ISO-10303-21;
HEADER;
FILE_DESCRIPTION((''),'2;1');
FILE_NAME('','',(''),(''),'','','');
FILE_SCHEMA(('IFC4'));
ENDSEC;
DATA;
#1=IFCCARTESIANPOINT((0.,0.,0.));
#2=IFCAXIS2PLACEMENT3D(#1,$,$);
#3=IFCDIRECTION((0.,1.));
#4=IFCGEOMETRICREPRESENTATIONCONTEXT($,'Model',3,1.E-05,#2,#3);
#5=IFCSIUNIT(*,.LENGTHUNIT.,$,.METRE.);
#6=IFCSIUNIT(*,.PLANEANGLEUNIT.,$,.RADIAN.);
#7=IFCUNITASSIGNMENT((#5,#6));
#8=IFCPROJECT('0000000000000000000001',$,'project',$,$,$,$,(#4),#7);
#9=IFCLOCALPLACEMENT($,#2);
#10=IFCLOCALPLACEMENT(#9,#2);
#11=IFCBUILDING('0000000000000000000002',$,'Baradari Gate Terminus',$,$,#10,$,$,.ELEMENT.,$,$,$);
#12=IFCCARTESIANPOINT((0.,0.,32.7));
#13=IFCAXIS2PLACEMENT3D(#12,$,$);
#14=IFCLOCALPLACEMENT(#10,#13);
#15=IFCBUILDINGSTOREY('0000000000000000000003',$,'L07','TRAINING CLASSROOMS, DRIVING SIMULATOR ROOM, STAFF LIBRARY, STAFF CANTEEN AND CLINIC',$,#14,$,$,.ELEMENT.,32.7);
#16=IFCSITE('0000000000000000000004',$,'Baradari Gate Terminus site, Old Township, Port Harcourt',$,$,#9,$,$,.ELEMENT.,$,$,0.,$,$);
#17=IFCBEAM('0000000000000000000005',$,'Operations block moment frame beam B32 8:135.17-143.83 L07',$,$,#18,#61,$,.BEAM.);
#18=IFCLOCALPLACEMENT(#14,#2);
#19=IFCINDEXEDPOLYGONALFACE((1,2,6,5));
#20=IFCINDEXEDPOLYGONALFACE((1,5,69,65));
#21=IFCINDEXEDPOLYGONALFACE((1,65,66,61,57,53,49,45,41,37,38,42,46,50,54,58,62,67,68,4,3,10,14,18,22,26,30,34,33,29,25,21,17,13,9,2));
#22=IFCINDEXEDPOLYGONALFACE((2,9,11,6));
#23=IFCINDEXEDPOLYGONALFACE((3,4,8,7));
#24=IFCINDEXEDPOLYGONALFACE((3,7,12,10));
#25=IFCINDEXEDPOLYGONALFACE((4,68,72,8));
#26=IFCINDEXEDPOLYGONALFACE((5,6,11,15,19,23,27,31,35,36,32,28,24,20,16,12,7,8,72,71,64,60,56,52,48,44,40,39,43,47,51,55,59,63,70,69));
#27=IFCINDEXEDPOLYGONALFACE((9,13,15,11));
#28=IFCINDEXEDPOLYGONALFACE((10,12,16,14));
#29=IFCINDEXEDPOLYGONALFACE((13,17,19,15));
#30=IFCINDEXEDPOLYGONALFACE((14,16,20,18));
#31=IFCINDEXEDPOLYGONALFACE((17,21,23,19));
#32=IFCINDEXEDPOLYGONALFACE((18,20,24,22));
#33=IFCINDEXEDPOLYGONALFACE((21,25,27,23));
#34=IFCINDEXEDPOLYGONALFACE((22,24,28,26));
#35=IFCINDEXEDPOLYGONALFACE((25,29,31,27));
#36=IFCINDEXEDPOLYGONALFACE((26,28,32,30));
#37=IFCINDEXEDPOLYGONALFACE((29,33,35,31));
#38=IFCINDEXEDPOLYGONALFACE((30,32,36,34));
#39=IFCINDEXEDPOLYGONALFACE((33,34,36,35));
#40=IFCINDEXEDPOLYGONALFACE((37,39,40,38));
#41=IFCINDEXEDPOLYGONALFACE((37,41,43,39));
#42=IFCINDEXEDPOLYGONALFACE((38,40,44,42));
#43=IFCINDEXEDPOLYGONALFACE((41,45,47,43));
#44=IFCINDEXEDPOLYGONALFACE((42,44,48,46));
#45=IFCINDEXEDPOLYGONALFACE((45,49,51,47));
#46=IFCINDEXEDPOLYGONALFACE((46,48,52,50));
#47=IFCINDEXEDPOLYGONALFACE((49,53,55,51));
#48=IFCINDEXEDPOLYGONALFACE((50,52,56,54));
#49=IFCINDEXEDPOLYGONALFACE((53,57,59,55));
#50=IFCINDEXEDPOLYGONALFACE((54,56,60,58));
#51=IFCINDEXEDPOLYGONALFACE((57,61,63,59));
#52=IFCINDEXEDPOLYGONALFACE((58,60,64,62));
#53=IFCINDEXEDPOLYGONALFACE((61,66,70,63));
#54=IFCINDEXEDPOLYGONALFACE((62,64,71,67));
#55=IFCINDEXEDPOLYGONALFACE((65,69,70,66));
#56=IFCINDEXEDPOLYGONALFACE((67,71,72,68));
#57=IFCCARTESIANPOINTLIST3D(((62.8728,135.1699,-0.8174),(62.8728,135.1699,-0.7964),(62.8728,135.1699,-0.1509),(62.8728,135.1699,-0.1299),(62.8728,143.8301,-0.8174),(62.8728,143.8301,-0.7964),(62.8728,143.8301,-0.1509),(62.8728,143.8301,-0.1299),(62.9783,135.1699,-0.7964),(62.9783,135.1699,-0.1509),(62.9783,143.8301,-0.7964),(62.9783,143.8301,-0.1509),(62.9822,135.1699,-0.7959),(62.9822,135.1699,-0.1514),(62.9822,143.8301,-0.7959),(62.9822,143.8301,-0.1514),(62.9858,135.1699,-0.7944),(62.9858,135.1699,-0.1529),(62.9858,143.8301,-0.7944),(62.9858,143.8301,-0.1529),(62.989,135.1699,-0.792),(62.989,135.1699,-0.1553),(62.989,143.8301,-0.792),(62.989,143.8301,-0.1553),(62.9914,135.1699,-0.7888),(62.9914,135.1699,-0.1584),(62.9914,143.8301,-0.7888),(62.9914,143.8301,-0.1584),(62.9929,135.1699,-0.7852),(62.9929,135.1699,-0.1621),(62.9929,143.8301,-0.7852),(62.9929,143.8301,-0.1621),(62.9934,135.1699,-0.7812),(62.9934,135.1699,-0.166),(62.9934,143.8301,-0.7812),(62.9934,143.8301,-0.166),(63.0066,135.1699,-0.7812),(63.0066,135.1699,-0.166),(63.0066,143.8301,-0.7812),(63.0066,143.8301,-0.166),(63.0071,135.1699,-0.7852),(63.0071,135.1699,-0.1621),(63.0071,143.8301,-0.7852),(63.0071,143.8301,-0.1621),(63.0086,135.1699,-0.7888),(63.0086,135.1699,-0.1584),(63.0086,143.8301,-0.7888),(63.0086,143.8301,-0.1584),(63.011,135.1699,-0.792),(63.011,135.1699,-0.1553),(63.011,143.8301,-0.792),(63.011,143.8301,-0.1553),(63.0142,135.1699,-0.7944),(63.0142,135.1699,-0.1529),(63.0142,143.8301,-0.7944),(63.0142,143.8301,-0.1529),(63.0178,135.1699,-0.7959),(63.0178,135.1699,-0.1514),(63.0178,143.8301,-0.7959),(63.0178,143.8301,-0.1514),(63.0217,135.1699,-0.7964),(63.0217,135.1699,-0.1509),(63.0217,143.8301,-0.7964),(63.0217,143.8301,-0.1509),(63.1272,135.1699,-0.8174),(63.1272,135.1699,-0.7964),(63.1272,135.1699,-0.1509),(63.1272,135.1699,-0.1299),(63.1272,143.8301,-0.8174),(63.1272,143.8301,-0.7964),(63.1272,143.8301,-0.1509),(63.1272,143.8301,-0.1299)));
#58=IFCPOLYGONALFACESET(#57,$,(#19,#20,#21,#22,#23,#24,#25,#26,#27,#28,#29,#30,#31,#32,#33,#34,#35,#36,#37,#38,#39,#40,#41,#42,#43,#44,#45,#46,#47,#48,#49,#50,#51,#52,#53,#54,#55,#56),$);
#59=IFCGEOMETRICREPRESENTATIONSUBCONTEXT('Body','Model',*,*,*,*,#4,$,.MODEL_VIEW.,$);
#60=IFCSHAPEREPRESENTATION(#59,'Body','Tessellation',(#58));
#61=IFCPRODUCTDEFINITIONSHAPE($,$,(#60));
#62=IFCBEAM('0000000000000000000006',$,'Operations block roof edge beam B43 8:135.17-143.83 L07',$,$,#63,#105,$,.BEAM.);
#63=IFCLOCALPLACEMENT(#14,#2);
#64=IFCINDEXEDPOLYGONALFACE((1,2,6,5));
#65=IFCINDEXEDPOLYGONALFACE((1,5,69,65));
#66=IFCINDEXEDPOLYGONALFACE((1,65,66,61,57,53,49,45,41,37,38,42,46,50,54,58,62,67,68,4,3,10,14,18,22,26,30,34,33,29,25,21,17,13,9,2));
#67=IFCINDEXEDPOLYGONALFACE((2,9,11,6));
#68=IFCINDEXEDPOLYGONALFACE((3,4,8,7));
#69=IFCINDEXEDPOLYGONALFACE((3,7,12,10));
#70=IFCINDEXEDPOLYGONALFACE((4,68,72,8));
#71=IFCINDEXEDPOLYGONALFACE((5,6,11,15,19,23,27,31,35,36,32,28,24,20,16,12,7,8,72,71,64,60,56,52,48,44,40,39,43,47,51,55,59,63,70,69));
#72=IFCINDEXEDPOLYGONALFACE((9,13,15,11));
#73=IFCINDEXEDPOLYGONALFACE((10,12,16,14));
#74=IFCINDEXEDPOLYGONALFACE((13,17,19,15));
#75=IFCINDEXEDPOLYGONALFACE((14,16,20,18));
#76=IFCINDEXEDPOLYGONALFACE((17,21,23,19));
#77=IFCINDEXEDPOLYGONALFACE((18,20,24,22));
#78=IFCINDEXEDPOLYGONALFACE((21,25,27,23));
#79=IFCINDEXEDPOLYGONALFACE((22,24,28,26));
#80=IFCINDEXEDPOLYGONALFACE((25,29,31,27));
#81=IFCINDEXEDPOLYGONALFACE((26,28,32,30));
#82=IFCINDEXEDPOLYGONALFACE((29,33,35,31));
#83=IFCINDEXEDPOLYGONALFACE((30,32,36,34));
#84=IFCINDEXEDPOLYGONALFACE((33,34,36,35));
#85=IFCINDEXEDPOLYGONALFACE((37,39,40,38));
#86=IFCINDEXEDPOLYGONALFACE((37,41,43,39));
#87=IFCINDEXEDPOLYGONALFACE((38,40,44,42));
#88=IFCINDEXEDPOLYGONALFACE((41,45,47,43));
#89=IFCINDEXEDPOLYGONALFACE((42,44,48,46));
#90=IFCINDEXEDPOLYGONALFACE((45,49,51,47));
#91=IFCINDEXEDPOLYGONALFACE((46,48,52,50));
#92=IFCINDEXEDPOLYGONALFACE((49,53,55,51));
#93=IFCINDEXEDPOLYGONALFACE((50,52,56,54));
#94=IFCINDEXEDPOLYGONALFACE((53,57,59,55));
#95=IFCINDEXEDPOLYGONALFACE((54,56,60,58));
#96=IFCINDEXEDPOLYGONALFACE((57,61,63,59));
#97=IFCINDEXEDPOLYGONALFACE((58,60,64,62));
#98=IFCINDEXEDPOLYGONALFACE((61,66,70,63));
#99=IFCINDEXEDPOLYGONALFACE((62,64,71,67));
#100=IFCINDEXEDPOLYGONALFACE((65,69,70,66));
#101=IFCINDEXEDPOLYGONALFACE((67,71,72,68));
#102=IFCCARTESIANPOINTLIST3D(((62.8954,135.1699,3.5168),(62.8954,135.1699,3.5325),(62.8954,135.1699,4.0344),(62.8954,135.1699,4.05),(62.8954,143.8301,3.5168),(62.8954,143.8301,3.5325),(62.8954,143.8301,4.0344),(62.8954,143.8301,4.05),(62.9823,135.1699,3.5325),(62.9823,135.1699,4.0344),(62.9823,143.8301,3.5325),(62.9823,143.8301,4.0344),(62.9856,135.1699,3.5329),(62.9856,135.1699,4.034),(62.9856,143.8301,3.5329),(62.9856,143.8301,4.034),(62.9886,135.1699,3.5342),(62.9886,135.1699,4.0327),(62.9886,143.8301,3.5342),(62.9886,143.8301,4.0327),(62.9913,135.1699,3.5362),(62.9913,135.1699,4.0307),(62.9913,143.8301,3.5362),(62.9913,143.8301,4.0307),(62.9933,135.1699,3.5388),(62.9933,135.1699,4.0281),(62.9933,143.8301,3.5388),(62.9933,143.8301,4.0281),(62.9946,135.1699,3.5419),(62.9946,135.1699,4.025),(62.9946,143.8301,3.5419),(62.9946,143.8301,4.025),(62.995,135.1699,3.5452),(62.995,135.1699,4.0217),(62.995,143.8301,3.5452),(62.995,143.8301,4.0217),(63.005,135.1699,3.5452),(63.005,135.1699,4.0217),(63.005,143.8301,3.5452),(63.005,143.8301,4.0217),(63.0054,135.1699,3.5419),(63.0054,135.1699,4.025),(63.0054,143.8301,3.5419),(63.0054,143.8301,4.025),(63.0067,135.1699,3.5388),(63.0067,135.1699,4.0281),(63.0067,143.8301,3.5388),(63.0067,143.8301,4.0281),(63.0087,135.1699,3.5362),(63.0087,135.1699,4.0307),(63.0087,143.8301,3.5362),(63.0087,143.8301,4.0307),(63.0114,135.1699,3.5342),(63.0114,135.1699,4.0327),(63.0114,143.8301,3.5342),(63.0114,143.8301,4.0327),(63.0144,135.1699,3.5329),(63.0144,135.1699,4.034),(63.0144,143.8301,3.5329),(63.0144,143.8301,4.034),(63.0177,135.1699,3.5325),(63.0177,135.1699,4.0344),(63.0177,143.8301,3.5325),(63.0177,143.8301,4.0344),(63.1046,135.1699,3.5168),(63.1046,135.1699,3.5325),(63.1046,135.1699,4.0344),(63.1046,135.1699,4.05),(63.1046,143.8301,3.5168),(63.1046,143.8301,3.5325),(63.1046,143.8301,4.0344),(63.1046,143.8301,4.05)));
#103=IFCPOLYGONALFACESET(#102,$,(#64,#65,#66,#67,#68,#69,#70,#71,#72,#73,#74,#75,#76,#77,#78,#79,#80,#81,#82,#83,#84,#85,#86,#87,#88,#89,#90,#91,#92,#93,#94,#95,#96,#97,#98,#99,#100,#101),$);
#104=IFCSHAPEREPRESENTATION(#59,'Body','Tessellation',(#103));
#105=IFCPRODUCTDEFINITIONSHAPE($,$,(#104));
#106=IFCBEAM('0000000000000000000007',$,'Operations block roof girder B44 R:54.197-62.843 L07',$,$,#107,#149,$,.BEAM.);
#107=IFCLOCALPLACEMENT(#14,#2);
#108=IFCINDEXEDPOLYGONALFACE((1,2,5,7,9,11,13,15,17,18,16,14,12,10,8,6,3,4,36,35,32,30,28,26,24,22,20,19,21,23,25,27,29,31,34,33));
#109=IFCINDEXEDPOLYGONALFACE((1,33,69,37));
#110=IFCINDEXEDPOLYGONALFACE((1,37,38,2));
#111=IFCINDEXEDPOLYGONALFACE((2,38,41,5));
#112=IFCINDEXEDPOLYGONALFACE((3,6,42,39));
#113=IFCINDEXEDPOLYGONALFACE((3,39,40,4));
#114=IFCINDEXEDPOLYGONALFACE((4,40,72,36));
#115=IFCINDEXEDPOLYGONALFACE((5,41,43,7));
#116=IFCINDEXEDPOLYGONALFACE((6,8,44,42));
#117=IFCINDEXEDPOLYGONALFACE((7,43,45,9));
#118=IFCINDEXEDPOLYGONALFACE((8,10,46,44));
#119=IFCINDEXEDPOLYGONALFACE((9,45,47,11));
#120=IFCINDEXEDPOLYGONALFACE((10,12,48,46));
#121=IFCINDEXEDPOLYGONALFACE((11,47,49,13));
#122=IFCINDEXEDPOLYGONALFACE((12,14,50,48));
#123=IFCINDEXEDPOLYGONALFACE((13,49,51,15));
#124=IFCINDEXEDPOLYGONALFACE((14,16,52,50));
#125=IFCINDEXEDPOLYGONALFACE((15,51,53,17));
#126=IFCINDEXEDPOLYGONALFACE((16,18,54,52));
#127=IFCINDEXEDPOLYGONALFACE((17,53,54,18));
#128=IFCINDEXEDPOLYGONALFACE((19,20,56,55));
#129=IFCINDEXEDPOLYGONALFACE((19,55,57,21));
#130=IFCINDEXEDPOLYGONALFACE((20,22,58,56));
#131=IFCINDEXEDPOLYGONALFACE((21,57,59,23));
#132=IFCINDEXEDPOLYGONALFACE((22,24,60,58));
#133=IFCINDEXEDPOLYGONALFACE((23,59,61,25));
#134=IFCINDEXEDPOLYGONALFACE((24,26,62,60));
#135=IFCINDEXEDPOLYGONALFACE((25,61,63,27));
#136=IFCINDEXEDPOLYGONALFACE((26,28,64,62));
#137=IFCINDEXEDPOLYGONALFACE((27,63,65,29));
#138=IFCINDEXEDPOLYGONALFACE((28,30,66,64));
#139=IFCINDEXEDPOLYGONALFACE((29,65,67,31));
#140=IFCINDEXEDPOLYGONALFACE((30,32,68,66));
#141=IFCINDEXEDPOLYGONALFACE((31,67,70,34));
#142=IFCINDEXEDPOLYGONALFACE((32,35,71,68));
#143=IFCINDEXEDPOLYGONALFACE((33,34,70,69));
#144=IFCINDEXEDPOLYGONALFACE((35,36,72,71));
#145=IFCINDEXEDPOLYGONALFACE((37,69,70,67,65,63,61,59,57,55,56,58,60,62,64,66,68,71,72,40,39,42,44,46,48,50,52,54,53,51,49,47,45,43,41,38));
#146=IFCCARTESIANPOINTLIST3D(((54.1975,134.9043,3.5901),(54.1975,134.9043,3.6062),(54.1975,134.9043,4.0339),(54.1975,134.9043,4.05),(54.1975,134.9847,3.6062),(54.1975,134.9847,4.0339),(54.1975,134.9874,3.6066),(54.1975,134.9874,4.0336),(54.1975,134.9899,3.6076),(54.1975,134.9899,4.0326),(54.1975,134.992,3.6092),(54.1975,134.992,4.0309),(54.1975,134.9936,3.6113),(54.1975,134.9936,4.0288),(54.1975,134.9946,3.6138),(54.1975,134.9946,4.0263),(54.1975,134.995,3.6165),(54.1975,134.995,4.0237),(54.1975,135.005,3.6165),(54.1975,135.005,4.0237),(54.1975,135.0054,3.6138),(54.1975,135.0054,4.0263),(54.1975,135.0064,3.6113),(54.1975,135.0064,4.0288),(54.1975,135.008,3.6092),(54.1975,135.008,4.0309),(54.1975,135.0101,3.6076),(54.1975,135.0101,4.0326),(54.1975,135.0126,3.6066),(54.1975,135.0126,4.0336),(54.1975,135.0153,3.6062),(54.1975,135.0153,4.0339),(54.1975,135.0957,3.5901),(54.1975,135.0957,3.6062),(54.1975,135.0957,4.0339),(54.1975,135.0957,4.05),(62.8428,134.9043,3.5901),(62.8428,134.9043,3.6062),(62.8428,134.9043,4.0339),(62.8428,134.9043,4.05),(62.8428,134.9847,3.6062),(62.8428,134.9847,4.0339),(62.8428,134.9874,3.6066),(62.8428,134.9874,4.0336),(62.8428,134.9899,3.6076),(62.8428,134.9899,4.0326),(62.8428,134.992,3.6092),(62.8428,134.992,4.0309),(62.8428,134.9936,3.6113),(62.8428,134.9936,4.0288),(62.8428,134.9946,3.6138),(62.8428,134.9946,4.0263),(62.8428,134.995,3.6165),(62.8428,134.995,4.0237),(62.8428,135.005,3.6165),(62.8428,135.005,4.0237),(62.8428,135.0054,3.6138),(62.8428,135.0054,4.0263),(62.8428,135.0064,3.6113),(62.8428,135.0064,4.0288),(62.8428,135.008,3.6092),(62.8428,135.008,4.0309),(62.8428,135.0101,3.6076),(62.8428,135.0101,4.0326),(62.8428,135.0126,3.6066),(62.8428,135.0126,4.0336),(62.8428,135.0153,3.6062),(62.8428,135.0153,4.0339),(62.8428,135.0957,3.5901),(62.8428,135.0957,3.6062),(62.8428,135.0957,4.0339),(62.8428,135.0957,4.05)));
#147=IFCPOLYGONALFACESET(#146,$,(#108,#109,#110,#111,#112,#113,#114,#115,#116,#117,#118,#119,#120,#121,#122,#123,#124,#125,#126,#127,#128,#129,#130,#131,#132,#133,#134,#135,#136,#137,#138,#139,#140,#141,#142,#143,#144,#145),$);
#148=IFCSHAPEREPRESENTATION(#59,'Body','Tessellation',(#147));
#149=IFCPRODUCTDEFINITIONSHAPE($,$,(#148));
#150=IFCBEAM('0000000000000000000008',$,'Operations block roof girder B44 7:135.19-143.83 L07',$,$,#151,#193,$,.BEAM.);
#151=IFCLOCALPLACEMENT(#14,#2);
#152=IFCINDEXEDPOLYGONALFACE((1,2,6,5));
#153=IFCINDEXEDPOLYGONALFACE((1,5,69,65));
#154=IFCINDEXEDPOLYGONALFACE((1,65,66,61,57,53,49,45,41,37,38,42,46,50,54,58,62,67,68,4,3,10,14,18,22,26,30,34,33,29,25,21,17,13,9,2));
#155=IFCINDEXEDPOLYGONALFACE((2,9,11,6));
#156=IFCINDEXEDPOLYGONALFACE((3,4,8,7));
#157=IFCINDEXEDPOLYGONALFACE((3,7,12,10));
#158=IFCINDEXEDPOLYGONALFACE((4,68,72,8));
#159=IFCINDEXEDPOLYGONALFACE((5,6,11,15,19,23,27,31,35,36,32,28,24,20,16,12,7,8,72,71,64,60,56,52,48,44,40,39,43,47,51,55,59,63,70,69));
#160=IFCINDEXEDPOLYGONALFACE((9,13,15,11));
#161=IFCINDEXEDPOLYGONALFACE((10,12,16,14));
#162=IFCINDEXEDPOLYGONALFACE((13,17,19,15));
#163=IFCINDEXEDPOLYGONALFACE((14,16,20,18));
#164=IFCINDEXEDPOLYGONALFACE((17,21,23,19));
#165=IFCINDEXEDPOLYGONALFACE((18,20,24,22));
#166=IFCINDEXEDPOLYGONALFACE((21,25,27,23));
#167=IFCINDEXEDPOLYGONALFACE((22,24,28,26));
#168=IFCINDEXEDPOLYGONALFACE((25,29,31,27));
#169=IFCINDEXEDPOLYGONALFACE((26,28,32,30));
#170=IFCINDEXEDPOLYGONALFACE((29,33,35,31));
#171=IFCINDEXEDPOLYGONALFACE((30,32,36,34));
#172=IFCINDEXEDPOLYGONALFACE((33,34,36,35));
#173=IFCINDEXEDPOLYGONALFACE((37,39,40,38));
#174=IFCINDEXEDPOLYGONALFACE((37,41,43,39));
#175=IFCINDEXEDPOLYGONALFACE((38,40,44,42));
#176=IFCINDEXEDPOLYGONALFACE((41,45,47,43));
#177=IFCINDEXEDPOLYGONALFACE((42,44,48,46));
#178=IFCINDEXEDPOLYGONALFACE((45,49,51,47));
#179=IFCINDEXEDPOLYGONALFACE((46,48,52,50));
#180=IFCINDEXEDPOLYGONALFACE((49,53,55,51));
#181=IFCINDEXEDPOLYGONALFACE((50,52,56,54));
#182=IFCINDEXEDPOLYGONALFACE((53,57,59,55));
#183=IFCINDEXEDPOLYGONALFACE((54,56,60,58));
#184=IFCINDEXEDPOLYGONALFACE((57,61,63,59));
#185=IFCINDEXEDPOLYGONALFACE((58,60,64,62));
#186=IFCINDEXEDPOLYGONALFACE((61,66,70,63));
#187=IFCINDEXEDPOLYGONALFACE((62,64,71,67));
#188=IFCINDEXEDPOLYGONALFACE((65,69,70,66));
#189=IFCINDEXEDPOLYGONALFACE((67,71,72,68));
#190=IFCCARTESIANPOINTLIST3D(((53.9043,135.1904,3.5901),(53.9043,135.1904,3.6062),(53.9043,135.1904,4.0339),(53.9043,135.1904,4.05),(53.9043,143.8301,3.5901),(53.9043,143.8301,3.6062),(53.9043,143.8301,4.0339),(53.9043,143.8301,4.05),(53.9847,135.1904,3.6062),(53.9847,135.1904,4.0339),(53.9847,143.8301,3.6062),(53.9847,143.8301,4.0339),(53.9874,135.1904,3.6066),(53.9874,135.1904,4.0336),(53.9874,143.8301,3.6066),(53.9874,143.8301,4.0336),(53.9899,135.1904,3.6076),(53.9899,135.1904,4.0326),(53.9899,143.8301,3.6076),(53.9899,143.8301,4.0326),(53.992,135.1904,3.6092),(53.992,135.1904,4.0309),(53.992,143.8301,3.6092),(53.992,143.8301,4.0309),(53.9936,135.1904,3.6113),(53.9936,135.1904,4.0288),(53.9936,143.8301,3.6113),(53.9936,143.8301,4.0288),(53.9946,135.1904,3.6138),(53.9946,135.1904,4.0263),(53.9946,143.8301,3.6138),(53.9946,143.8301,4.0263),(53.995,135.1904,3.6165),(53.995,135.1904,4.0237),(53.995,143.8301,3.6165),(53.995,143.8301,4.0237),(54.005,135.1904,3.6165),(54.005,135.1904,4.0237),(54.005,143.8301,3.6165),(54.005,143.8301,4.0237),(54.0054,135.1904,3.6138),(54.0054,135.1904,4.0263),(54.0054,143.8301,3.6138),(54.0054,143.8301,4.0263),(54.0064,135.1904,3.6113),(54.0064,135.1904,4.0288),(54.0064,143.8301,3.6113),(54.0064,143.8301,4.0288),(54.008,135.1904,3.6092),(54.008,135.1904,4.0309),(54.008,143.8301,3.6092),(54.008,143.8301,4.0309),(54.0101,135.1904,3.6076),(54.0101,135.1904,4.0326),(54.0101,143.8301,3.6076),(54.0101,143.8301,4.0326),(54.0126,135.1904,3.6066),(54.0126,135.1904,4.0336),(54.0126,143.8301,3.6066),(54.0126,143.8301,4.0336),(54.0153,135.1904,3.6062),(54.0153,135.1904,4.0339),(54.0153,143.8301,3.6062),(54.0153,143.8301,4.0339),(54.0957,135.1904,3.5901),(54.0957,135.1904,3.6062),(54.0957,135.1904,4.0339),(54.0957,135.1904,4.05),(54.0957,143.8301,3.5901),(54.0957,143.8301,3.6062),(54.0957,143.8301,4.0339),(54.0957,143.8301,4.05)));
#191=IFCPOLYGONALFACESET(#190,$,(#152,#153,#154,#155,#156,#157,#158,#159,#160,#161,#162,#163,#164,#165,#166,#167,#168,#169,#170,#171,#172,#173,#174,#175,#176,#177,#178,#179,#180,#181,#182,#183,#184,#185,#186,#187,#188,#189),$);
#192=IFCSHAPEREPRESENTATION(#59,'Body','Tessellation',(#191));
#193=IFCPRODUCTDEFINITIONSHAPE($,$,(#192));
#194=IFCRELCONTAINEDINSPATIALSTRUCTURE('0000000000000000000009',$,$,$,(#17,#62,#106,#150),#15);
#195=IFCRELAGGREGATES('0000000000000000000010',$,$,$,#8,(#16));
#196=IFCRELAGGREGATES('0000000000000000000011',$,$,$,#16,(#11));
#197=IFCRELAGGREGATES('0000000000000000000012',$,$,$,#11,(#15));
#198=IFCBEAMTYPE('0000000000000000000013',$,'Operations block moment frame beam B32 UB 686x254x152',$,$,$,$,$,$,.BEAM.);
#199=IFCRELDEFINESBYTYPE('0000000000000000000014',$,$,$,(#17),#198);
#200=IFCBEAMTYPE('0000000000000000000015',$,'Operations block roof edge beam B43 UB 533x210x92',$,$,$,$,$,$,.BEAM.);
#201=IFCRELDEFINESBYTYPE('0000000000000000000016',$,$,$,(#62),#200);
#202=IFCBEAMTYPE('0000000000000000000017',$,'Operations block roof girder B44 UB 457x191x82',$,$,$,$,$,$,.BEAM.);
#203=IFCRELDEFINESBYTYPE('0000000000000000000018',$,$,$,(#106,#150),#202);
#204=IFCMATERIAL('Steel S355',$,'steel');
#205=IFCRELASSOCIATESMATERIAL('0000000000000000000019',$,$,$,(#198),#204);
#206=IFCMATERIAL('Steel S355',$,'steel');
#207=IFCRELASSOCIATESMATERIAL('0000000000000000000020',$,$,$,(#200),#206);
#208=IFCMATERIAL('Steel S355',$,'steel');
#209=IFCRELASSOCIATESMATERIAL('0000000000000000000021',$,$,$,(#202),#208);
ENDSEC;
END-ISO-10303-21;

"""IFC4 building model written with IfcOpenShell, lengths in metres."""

from ifc_helpers import new_model, si_unit, direction, frame, origin, origin_2d, place, context, subcontext, project, spatial, i_section, extrude, material, material_profile, profile_set, type_object, element, save


model = new_model("IFC4")

# Units and contexts
model_context = context("Model", 3, precision=1e-05, world=origin(), true_north=direction((0.0, 1.0)))
body_context = subcontext(model_context, "Body", "Model", "MODEL_VIEW")
ifc_project = project(units=[si_unit("LENGTHUNIT", "METRE"), si_unit("PLANEANGLEUNIT", "RADIAN")], contexts=[model_context])

# Site, building, storey
site_placement = place(None, origin())
site = spatial("IfcSite", under=ifc_project, at=site_placement, Name="Baradari Gate Terminus site, Old Township, Port Harcourt", CompositionType="ELEMENT", RefElevation=0.0)
building_placement = place(site_placement, origin())
building = spatial("IfcBuilding", under=site, at=building_placement, Name="Baradari Gate Terminus", CompositionType="ELEMENT")
storey_placement = place(building_placement, frame((0.0, 0.0, 32.7)))
storey = spatial("IfcBuildingStorey", under=building, at=storey_placement, Name="L07", Description="TRAINING CLASSROOMS, DRIVING SIMULATOR ROOM, STAFF LIBRARY, STAFF CANTEEN AND CLINIC", CompositionType="ELEMENT", Elevation=32.7)

# Beams
ifc_material_1 = material(Name="Steel S355", Category="steel")
ifc_material_profile_1 = material_profile(ifc_material_1, i_section(OverallWidth=0.2544, OverallDepth=0.6875, WebThickness=0.0132, FlangeThickness=0.021, FilletRadius=0.0151, at=origin_2d()), Name="UB 686x254x152")
ifc_profile_set_1 = profile_set([ifc_material_profile_1], Name="Steel S355")
beam_type_1 = type_object("IfcBeamType", Name="Operations block moment frame beam B32 UB 686x254x152", PredefinedType="BEAM", material=ifc_profile_set_1)
beam_1_placement = place(storey_placement, frame((63.0, 135.1699, -0.4736), z_axis=(0.0, 1.0, 0.0), x_axis=(-1.0, 0.0, 0.0)))
element("IfcBeam", 1, at=beam_1_placement, inside=storey, type_object=beam_type_1, Name="Operations block moment frame beam B32 8:135.17-143.83 L07", PredefinedType="BEAM", context=body_context, shape_type="SweptSolid", body=[
    extrude(i_section(OverallWidth=0.2544, OverallDepth=0.6875, WebThickness=0.0132, FlangeThickness=0.021, FilletRadius=0.0151, at=origin_2d()), origin(), (0.0, 0.0, 1.0), 8.6602),
])
ifc_material_2 = material(Name="Steel S355", Category="steel")
ifc_material_profile_2 = material_profile(ifc_material_2, i_section(OverallWidth=0.2092, OverallDepth=0.5332, WebThickness=0.01, FlangeThickness=0.0156, FilletRadius=0.0127, at=origin_2d()), Name="UB 533x210x92")
ifc_profile_set_2 = profile_set([ifc_material_profile_2], Name="Steel S355")
beam_type_2 = type_object("IfcBeamType", Name="Operations block roof edge beam B43 UB 533x210x92", PredefinedType="BEAM", material=ifc_profile_set_2)
beam_2_placement = place(storey_placement, frame((63.0, 135.1699, 3.7834), z_axis=(0.0, 1.0, 0.0), x_axis=(-1.0, 0.0, 0.0)))
element("IfcBeam", 2, at=beam_2_placement, inside=storey, type_object=beam_type_2, Name="Operations block roof edge beam B43 8:135.17-143.83 L07", PredefinedType="BEAM", context=body_context, shape_type="SweptSolid", body=[
    extrude(i_section(OverallWidth=0.2092, OverallDepth=0.5332, WebThickness=0.01, FlangeThickness=0.0156, FilletRadius=0.0127, at=origin_2d()), origin(), (0.0, 0.0, 1.0), 8.6602),
])
ifc_material_3 = material(Name="Steel S355", Category="steel")
ifc_material_profile_3 = material_profile(ifc_material_3, i_section(OverallWidth=0.1914, OverallDepth=0.46, WebThickness=0.01, FlangeThickness=0.0161, FilletRadius=0.0103, at=origin_2d()), Name="UB 457x191x82")
ifc_profile_set_3 = profile_set([ifc_material_profile_3], Name="Steel S355")
beam_type_3 = type_object("IfcBeamType", Name="Operations block roof girder B44 UB 457x191x82", PredefinedType="BEAM", material=ifc_profile_set_3)
beam_3_placement = place(storey_placement, frame((54.1975, 135.0, 3.8201), z_axis=(1.0, 0.0, 0.0), x_axis=(0.0, 1.0, 0.0)))
element("IfcBeam", 3, at=beam_3_placement, inside=storey, type_object=beam_type_3, Name="Operations block roof girder B44 R:54.197-62.843 L07", PredefinedType="BEAM", context=body_context, shape_type="SweptSolid", body=[
    extrude(i_section(OverallWidth=0.1914, OverallDepth=0.46, WebThickness=0.01, FlangeThickness=0.0161, FilletRadius=0.0103, at=origin_2d()), origin(), (0.0, 0.0, 1.0), 8.6453),
])
beam_4_placement = place(storey_placement, frame((54.0, 135.1904, 3.8201), z_axis=(0.0, 1.0, 0.0), x_axis=(-1.0, 0.0, 0.0)))
element("IfcBeam", 4, at=beam_4_placement, inside=storey, type_object=beam_type_3, Name="Operations block roof girder B44 7:135.19-143.83 L07", PredefinedType="BEAM", context=body_context, shape_type="SweptSolid", body=[
    extrude(i_section(OverallWidth=0.1914, OverallDepth=0.46, WebThickness=0.01, FlangeThickness=0.0161, FilletRadius=0.0103, at=origin_2d()), origin(), (0.0, 0.0, 1.0), 8.6396),
])

save(model, "model.ifc")
